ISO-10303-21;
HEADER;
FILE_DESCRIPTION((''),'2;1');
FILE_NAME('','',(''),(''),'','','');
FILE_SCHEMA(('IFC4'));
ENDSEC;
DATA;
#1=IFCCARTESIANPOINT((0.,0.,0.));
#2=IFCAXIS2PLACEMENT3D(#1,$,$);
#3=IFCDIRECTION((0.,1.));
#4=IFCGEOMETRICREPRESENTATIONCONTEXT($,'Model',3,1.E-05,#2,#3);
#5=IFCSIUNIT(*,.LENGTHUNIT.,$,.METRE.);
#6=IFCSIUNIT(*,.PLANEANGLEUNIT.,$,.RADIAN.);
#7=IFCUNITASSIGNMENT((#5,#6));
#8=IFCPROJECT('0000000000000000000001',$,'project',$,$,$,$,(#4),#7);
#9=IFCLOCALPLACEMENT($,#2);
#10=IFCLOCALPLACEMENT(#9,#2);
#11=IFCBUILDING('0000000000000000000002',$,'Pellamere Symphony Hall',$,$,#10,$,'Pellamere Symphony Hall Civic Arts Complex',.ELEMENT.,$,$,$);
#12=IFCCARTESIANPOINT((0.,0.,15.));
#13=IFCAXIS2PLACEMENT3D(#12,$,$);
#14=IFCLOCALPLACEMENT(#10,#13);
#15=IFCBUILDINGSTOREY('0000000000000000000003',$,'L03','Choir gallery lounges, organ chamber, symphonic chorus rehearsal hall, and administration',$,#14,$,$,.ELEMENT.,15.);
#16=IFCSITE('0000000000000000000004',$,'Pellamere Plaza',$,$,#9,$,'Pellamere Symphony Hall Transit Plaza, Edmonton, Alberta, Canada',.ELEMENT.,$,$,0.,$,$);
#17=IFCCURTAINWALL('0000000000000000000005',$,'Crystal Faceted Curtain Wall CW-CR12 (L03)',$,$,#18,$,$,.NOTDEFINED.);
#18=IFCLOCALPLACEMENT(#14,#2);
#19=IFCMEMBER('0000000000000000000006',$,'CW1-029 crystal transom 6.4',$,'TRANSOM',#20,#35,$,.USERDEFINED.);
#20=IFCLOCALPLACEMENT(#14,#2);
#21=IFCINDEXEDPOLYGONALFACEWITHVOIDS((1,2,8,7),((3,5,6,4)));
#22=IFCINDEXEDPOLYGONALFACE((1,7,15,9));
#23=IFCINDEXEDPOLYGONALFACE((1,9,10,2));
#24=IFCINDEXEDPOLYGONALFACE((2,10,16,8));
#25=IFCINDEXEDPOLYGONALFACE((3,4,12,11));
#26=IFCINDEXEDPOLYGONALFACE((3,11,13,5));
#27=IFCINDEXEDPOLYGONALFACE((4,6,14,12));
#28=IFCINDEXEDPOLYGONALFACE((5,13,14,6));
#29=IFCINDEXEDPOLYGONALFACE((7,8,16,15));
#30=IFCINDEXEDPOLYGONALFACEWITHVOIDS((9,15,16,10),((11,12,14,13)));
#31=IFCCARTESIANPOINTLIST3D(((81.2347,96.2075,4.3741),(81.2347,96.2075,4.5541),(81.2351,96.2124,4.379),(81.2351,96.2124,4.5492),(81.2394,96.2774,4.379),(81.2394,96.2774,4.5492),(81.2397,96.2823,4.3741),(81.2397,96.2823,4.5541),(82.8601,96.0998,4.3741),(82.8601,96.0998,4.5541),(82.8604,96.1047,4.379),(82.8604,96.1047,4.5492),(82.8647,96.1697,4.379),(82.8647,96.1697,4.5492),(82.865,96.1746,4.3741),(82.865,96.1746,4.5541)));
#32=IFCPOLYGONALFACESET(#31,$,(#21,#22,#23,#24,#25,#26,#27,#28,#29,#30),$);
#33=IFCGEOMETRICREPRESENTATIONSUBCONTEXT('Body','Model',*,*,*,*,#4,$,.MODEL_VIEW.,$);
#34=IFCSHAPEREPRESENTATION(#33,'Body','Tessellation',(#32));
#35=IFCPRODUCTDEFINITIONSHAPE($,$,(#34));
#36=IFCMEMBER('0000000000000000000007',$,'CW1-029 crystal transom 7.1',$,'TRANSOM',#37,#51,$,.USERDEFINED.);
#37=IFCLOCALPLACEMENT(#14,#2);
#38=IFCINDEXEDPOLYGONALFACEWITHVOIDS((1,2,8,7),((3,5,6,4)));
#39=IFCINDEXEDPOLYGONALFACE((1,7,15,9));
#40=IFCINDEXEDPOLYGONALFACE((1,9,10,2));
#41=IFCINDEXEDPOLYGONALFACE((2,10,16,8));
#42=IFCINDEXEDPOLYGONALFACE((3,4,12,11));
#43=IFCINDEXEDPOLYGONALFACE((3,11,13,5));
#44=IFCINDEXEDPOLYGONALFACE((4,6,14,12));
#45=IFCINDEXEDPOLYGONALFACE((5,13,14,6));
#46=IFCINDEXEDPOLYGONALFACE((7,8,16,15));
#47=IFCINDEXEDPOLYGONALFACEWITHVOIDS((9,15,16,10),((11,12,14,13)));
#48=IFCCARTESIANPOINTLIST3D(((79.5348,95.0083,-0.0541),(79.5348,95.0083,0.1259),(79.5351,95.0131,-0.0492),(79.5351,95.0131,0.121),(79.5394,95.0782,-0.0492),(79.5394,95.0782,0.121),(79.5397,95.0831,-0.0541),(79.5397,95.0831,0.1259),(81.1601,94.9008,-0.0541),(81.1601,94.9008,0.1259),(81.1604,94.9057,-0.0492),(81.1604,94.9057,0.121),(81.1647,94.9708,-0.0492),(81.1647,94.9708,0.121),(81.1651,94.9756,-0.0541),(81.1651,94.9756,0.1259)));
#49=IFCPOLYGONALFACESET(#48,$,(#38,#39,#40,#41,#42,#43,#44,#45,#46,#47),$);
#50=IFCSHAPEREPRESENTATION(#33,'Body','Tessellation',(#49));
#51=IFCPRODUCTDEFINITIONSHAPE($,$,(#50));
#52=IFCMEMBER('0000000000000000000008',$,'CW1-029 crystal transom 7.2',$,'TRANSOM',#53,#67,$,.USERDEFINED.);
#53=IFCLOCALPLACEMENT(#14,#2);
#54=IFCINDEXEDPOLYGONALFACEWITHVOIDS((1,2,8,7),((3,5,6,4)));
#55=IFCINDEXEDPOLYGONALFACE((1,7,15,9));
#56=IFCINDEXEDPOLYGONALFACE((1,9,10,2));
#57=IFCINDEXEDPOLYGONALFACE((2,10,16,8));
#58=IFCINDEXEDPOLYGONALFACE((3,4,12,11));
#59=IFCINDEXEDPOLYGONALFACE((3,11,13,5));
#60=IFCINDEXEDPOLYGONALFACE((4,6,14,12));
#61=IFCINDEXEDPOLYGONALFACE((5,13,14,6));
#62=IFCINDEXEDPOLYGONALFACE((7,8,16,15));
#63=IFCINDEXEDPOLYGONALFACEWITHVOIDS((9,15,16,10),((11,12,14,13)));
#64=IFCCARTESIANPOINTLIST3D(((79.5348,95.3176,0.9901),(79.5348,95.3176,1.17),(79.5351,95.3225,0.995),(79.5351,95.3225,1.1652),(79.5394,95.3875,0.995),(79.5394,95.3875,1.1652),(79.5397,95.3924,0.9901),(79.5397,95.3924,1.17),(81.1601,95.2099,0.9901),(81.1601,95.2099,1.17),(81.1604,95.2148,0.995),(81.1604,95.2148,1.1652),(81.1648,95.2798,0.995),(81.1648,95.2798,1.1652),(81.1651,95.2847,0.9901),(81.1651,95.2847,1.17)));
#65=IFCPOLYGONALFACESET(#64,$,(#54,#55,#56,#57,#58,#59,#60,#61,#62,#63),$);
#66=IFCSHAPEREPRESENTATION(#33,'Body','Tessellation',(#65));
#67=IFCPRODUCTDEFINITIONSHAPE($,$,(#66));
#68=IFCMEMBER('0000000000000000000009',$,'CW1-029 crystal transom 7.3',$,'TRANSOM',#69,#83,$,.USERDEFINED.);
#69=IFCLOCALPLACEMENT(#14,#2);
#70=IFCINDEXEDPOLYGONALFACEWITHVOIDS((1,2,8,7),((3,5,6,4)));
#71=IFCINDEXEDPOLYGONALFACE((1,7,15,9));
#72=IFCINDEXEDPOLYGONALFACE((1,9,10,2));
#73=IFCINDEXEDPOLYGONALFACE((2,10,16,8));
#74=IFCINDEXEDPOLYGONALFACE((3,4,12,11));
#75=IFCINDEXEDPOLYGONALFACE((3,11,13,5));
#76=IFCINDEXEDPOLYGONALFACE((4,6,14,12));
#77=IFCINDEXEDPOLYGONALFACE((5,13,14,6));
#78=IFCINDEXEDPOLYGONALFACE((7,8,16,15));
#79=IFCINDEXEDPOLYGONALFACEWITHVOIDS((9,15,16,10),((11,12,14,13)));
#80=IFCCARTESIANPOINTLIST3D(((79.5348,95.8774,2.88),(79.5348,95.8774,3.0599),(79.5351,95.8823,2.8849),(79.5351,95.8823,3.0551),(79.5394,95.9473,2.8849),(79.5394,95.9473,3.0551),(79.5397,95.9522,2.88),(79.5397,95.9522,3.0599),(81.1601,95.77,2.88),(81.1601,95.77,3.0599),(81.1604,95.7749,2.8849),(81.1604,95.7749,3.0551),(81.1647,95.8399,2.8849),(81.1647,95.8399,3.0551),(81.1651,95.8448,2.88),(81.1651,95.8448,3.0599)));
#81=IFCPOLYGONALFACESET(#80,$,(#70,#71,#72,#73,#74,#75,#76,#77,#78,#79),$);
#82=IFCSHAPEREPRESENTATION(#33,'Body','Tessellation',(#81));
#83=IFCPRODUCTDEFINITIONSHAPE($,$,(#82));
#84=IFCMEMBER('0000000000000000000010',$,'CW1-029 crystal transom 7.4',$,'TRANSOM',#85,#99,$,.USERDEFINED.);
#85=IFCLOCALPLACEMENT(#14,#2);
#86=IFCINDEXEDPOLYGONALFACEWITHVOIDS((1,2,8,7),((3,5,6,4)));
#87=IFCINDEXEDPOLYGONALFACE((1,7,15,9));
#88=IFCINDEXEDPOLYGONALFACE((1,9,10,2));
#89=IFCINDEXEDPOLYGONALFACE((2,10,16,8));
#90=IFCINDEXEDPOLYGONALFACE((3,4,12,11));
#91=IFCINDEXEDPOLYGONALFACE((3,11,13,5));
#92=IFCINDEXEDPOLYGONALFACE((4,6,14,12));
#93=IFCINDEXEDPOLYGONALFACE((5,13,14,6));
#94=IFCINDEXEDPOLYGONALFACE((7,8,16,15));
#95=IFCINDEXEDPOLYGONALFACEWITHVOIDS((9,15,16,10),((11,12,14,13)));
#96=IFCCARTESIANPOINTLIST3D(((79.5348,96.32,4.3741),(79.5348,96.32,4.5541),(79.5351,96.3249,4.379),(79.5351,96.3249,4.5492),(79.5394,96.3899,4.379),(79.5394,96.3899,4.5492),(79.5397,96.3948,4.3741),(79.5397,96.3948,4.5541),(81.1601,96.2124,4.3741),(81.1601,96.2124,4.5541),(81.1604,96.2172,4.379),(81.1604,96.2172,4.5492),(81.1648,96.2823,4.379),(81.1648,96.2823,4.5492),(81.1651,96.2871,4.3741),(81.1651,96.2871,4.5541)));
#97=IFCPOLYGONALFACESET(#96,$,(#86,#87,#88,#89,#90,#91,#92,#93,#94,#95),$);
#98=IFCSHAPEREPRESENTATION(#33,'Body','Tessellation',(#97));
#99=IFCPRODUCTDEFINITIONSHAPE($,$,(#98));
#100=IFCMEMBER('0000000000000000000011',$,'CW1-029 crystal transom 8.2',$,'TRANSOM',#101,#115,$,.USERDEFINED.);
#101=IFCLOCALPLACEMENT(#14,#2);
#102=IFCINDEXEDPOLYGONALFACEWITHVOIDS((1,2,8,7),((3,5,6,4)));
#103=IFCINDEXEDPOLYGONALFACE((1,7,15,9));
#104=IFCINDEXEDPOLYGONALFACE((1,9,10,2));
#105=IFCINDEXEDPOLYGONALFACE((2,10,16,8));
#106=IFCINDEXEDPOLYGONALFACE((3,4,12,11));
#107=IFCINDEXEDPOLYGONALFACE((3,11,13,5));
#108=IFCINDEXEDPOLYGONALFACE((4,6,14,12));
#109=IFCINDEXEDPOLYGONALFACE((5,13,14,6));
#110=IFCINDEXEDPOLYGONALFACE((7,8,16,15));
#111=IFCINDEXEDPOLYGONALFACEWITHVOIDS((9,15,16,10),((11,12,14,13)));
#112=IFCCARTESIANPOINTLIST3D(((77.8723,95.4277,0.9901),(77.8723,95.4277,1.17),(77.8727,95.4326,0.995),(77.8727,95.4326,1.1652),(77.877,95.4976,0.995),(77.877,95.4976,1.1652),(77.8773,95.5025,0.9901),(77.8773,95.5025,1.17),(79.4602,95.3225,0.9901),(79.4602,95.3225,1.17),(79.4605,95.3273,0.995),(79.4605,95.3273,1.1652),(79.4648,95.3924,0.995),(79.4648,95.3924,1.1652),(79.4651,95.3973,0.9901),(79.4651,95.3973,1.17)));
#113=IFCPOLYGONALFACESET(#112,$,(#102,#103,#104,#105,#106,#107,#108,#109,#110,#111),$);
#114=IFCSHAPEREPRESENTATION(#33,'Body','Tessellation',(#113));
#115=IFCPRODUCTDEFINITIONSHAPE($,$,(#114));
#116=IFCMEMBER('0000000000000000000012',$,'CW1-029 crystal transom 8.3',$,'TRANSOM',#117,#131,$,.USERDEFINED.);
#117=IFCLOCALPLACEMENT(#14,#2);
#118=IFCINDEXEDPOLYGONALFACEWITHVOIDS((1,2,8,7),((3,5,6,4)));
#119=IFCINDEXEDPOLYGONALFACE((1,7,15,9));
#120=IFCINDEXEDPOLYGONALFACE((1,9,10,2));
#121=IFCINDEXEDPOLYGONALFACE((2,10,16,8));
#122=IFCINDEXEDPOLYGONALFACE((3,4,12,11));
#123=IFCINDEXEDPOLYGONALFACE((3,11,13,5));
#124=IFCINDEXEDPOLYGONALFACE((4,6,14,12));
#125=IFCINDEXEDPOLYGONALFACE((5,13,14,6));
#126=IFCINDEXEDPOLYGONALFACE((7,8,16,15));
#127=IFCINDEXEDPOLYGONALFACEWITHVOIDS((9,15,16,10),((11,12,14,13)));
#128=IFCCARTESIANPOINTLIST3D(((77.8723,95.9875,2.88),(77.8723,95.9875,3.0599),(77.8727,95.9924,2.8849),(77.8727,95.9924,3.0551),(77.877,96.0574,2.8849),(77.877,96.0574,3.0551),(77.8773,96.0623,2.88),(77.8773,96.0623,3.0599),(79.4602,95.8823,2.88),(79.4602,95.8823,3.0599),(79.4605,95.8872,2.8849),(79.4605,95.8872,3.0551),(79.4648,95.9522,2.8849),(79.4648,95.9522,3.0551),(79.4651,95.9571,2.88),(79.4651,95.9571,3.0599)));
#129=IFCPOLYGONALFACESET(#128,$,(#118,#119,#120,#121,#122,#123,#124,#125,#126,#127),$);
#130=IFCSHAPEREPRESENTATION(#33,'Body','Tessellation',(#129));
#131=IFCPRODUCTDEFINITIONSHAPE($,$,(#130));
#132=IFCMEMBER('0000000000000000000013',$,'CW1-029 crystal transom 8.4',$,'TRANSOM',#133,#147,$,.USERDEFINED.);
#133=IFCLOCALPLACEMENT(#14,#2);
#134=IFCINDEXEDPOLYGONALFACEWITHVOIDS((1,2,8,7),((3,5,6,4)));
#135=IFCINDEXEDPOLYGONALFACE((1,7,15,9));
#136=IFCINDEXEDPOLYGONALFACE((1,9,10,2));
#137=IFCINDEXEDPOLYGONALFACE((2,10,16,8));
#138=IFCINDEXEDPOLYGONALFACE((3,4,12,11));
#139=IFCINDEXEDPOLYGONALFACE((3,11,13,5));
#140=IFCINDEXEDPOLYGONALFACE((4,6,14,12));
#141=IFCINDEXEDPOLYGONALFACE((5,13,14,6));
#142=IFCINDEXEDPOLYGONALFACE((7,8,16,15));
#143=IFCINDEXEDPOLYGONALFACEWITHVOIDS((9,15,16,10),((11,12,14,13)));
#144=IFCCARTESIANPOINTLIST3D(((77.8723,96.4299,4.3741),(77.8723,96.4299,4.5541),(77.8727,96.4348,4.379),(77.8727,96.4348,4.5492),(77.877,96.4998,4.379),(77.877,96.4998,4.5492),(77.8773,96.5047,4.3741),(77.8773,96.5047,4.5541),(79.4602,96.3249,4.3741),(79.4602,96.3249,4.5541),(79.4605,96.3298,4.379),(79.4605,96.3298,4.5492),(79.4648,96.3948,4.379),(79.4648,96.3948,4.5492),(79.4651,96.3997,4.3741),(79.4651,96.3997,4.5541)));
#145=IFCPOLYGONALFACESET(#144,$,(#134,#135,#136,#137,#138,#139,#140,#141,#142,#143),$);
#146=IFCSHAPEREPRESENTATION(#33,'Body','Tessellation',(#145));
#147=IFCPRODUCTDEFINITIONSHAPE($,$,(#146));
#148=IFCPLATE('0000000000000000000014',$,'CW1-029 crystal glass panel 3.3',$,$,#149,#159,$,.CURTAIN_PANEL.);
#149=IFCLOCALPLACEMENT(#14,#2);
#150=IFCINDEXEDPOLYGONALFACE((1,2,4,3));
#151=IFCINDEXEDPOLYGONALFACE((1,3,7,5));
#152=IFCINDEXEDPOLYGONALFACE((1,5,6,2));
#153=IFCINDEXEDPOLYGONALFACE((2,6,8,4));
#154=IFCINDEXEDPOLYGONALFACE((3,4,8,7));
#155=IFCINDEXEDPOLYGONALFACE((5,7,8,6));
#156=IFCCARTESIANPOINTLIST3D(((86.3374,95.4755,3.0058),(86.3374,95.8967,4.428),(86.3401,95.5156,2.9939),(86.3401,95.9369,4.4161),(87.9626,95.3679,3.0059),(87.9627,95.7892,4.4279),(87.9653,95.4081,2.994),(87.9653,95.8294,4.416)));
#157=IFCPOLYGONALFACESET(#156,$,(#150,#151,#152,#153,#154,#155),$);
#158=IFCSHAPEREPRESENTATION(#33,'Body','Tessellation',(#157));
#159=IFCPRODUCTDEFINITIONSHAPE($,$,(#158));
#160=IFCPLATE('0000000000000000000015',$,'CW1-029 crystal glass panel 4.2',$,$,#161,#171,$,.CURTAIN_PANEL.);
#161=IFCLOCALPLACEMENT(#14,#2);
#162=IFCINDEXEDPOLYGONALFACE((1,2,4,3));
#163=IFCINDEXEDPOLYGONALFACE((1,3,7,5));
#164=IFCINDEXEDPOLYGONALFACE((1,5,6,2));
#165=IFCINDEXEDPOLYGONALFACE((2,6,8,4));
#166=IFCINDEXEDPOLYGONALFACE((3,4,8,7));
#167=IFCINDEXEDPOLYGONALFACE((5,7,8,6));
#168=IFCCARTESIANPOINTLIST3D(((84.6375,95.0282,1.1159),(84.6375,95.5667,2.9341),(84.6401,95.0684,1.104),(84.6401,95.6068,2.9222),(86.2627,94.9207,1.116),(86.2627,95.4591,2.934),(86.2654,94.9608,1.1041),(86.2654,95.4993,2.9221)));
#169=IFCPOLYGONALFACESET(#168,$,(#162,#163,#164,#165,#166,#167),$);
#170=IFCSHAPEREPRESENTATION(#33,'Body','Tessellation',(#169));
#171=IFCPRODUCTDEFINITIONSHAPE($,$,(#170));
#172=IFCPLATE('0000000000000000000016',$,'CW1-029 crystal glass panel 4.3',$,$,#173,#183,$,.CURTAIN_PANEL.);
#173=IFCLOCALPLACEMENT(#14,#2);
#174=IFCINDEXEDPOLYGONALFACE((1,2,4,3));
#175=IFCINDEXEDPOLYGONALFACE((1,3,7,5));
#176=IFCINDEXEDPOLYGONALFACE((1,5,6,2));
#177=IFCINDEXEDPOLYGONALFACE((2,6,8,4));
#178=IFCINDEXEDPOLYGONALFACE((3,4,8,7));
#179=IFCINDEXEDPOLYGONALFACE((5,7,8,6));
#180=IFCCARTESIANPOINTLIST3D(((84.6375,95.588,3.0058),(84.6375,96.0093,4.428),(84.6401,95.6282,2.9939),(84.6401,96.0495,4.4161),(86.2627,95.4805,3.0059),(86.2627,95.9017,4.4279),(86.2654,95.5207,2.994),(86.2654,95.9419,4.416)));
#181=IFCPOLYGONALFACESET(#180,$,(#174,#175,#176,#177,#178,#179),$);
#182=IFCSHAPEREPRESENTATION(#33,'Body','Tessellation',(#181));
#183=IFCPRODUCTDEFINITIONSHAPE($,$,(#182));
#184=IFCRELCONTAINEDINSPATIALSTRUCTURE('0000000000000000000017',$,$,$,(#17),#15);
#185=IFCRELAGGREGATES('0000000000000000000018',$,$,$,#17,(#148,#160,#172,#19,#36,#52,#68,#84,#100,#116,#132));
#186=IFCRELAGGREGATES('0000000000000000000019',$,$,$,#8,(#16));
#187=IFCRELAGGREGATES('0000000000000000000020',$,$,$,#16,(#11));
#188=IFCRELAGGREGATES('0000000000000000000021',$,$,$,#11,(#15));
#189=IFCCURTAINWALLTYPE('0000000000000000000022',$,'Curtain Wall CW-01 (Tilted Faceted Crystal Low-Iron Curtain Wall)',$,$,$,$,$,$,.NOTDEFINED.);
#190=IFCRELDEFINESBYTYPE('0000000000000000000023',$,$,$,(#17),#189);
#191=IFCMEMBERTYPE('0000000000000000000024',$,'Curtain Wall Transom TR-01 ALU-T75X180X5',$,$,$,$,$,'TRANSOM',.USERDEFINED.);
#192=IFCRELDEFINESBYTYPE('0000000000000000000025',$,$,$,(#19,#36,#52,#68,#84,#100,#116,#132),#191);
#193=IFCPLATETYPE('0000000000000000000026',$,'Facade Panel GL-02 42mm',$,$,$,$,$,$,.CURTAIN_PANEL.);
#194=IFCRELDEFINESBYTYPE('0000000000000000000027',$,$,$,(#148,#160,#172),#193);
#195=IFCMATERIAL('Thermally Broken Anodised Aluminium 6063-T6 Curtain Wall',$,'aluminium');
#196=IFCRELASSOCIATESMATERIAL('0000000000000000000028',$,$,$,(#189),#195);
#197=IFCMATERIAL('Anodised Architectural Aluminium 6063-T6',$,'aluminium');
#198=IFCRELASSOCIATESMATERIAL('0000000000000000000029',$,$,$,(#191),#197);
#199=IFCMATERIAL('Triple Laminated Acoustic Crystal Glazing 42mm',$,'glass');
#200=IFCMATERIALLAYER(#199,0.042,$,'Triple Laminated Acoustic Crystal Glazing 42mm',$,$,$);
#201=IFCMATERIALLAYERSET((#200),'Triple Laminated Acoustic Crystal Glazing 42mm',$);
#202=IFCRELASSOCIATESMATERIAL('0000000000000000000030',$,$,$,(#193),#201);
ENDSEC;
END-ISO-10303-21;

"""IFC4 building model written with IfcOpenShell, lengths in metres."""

from ifc_helpers import new_model, si_unit, direction, frame, origin, origin_2d, place, context, subcontext, project, spatial, polyline, hollow_rectangle, outline, extrude, material, layer, layer_set, material_profile, profile_set, type_object, element, aggregate, save


model = new_model("IFC4")

# Units and contexts
model_context = context("Model", 3, precision=1e-05, world=origin(), true_north=direction((0.0, 1.0)))
body_context = subcontext(model_context, "Body", "Model", "MODEL_VIEW")
ifc_project = project(units=[si_unit("LENGTHUNIT", "METRE"), si_unit("PLANEANGLEUNIT", "RADIAN")], contexts=[model_context])

# Site, building, storey
site_placement = place(None, origin())
site = spatial("IfcSite", under=ifc_project, at=site_placement, Name="Pellamere Plaza", LongName="Pellamere Symphony Hall Transit Plaza, Edmonton, Alberta, Canada", CompositionType="ELEMENT", RefElevation=0.0)
building_placement = place(site_placement, origin())
building = spatial("IfcBuilding", under=site, at=building_placement, Name="Pellamere Symphony Hall", LongName="Pellamere Symphony Hall Civic Arts Complex", CompositionType="ELEMENT")
storey_placement = place(building_placement, frame((0.0, 0.0, 15.0)))
storey = spatial("IfcBuildingStorey", under=building, at=storey_placement, Name="L03", Description="Choir gallery lounges, organ chamber, symphonic chorus rehearsal hall, and administration", CompositionType="ELEMENT", Elevation=15.0)

# Curtain wall, members, plates
ifc_material_1 = material(Name="Thermally Broken Anodised Aluminium 6063-T6 Curtain Wall", Category="aluminium")
curtain_wall_type = type_object("IfcCurtainWallType", Name="Curtain Wall CW-01 (Tilted Faceted Crystal Low-Iron Curtain Wall)", PredefinedType="NOTDEFINED", material=ifc_material_1)
curtain_wall_placement = place(storey_placement, origin())
curtain_wall = element("IfcCurtainWall", 1, at=curtain_wall_placement, inside=storey, type_object=curtain_wall_type, Name="Crystal Faceted Curtain Wall CW-CR12 (L03)", PredefinedType="NOTDEFINED")
ifc_material_2 = material(Name="Anodised Architectural Aluminium 6063-T6", Category="aluminium")
ifc_material_profile_1 = material_profile(ifc_material_2, hollow_rectangle(XDim=0.075, YDim=0.1799, WallThickness=0.0049, at=origin_2d()), Name="ALU-T75X180X5")
ifc_profile_set_1 = profile_set([ifc_material_profile_1], Name="Anodised Architectural Aluminium 6063-T6")
member_type_1 = type_object("IfcMemberType", Name="Curtain Wall Transom TR-01 ALU-T75X180X5", ElementType="TRANSOM", PredefinedType="USERDEFINED", material=ifc_profile_set_1)
member_1_placement = place(storey_placement, frame((82.8625, 96.1372, 4.4641), z_axis=(-0.997813, 0.066101, 0.0), x_axis=(-0.066101, -0.997813, 0.0)))
member_1 = element("IfcMember", 2, at=member_1_placement, type_object=member_type_1, Name="CW1-029 crystal transom 6.4", ObjectType="TRANSOM", PredefinedType="USERDEFINED", context=body_context, shape_type="SweptSolid", body=[
    extrude(hollow_rectangle(XDim=0.075, YDim=0.1799, WallThickness=0.0049, at=origin_2d()), origin(), (0.0, 0.0, 1.0), 1.6289),
])
member_2_placement = place(storey_placement, frame((81.1626, 94.9382, 0.0359), z_axis=(-0.997823, 0.065952, 0.0), x_axis=(-0.065952, -0.997823, 0.0)))
member_2 = element("IfcMember", 3, at=member_2_placement, type_object=member_type_1, Name="CW1-029 crystal transom 7.1", ObjectType="TRANSOM", PredefinedType="USERDEFINED", context=body_context, shape_type="SweptSolid", body=[
    extrude(hollow_rectangle(XDim=0.075, YDim=0.1799, WallThickness=0.0049, at=origin_2d()), origin(), (0.0, 0.0, 1.0), 1.6289),
])
member_3_placement = place(storey_placement, frame((81.1626, 95.2473, 1.0801), z_axis=(-0.997813, 0.066101, 0.0), x_axis=(-0.066101, -0.997813, 0.0)))
member_3 = element("IfcMember", 4, at=member_3_placement, type_object=member_type_1, Name="CW1-029 crystal transom 7.2", ObjectType="TRANSOM", PredefinedType="USERDEFINED", context=body_context, shape_type="SweptSolid", body=[
    extrude(hollow_rectangle(XDim=0.075, YDim=0.1799, WallThickness=0.0049, at=origin_2d()), origin(), (0.0, 0.0, 1.0), 1.6289),
])
member_4_placement = place(storey_placement, frame((81.1626, 95.8074, 2.97), z_axis=(-0.997823, 0.065952, 0.0), x_axis=(-0.065952, -0.997823, 0.0)))
member_4 = element("IfcMember", 5, at=member_4_placement, type_object=member_type_1, Name="CW1-029 crystal transom 7.3", ObjectType="TRANSOM", PredefinedType="USERDEFINED", context=body_context, shape_type="SweptSolid", body=[
    extrude(hollow_rectangle(XDim=0.075, YDim=0.1799, WallThickness=0.0049, at=origin_2d()), origin(), (0.0, 0.0, 1.0), 1.6289),
])
member_5_placement = place(storey_placement, frame((81.1626, 96.2498, 4.4641), z_axis=(-0.997813, 0.066101, 0.0), x_axis=(-0.066101, -0.997813, 0.0)))
member_5 = element("IfcMember", 6, at=member_5_placement, type_object=member_type_1, Name="CW1-029 crystal transom 7.4", ObjectType="TRANSOM", PredefinedType="USERDEFINED", context=body_context, shape_type="SweptSolid", body=[
    extrude(hollow_rectangle(XDim=0.075, YDim=0.1799, WallThickness=0.0049, at=origin_2d()), origin(), (0.0, 0.0, 1.0), 1.6289),
])
member_6_placement = place(storey_placement, frame((79.4626, 95.3599, 1.0801), z_axis=(-0.997812, 0.066122, 0.0), x_axis=(-0.066122, -0.997812, 0.0)))
member_6 = element("IfcMember", 7, at=member_6_placement, type_object=member_type_1, Name="CW1-029 crystal transom 8.2", ObjectType="TRANSOM", PredefinedType="USERDEFINED", context=body_context, shape_type="SweptSolid", body=[
    extrude(hollow_rectangle(XDim=0.075, YDim=0.1799, WallThickness=0.0049, at=origin_2d()), origin(), (0.0, 0.0, 1.0), 1.5913),
])
member_7_placement = place(storey_placement, frame((79.4626, 95.9197, 2.97), z_axis=(-0.997812, 0.066122, 0.0), x_axis=(-0.066122, -0.997812, 0.0)))
member_7 = element("IfcMember", 8, at=member_7_placement, type_object=member_type_1, Name="CW1-029 crystal transom 8.3", ObjectType="TRANSOM", PredefinedType="USERDEFINED", context=body_context, shape_type="SweptSolid", body=[
    extrude(hollow_rectangle(XDim=0.075, YDim=0.1799, WallThickness=0.0049, at=origin_2d()), origin(), (0.0, 0.0, 1.0), 1.5913),
])
member_8_placement = place(storey_placement, frame((79.4626, 96.3623, 4.4641), z_axis=(-0.997822, 0.065969, 0.0), x_axis=(-0.065969, -0.997822, 0.0)))
member_8 = element("IfcMember", 9, at=member_8_placement, type_object=member_type_1, Name="CW1-029 crystal transom 8.4", ObjectType="TRANSOM", PredefinedType="USERDEFINED", context=body_context, shape_type="SweptSolid", body=[
    extrude(hollow_rectangle(XDim=0.075, YDim=0.1799, WallThickness=0.0049, at=origin_2d()), origin(), (0.0, 0.0, 1.0), 1.5913),
])
ifc_material_3 = material(Name="Triple Laminated Acoustic Crystal Glazing 42mm", Category="glass")
ifc_layer = layer(ifc_material_3, 0.042, Name="Triple Laminated Acoustic Crystal Glazing 42mm")
ifc_layer_set = layer_set([ifc_layer], Name="Triple Laminated Acoustic Crystal Glazing 42mm")
plate_type = type_object("IfcPlateType", Name="Facade Panel GL-02 42mm", PredefinedType="CURTAIN_PANEL", material=ifc_layer_set)
plate_1_placement = place(storey_placement, frame((87.9626, 95.3679, 3.0059), z_axis=(-0.063319, -0.956893, 0.283454), x_axis=(-0.997818, 0.066021, -0.00002)))
plate_1 = element("IfcPlate", 10, at=plate_1_placement, type_object=plate_type, Name="CW1-029 crystal glass panel 3.3", PredefinedType="CURTAIN_PANEL", context=body_context, shape_type="SweptSolid", body=[
    extrude(outline(polyline([(0.0, 0.0), (1.6288, 0.0), (1.6566, -1.483), (0.0278, -1.4829), (0.0, 0.0)])), origin(), (0.0, 0.0, -1.0), 0.042),
])
plate_2_placement = place(storey_placement, frame((86.2627, 94.9207, 1.116), z_axis=(-0.06332, -0.95691, 0.283398), x_axis=(-0.997818, 0.066021, -0.00002)))
plate_2 = element("IfcPlate", 11, at=plate_2_placement, type_object=plate_type, Name="CW1-029 crystal glass panel 4.2", PredefinedType="CURTAIN_PANEL", context=body_context, shape_type="SweptSolid", body=[
    extrude(outline(polyline([(0.0, 0.0), (1.6288, 0.0), (1.6643, -1.8959), (0.0355, -1.8958), (0.0, 0.0)])), origin(), (0.0, 0.0, -1.0), 0.042),
])
plate_3_placement = place(storey_placement, frame((86.2627, 95.4805, 3.0059), z_axis=(-0.063319, -0.956893, 0.283454), x_axis=(-0.997818, 0.066021, -0.00002)))
plate_3 = element("IfcPlate", 12, at=plate_3_placement, type_object=plate_type, Name="CW1-029 crystal glass panel 4.3", PredefinedType="CURTAIN_PANEL", context=body_context, shape_type="SweptSolid", body=[
    extrude(outline(polyline([(0.0, 0.0), (1.6288, 0.0), (1.6566, -1.483), (0.0278, -1.4829), (0.0, 0.0)])), origin(), (0.0, 0.0, -1.0), 0.042),
])
aggregate(curtain_wall, [plate_1, plate_2, plate_3, member_1, member_2, member_3, member_4, member_5, member_6, member_7, member_8])

save(model, "model.ifc")
